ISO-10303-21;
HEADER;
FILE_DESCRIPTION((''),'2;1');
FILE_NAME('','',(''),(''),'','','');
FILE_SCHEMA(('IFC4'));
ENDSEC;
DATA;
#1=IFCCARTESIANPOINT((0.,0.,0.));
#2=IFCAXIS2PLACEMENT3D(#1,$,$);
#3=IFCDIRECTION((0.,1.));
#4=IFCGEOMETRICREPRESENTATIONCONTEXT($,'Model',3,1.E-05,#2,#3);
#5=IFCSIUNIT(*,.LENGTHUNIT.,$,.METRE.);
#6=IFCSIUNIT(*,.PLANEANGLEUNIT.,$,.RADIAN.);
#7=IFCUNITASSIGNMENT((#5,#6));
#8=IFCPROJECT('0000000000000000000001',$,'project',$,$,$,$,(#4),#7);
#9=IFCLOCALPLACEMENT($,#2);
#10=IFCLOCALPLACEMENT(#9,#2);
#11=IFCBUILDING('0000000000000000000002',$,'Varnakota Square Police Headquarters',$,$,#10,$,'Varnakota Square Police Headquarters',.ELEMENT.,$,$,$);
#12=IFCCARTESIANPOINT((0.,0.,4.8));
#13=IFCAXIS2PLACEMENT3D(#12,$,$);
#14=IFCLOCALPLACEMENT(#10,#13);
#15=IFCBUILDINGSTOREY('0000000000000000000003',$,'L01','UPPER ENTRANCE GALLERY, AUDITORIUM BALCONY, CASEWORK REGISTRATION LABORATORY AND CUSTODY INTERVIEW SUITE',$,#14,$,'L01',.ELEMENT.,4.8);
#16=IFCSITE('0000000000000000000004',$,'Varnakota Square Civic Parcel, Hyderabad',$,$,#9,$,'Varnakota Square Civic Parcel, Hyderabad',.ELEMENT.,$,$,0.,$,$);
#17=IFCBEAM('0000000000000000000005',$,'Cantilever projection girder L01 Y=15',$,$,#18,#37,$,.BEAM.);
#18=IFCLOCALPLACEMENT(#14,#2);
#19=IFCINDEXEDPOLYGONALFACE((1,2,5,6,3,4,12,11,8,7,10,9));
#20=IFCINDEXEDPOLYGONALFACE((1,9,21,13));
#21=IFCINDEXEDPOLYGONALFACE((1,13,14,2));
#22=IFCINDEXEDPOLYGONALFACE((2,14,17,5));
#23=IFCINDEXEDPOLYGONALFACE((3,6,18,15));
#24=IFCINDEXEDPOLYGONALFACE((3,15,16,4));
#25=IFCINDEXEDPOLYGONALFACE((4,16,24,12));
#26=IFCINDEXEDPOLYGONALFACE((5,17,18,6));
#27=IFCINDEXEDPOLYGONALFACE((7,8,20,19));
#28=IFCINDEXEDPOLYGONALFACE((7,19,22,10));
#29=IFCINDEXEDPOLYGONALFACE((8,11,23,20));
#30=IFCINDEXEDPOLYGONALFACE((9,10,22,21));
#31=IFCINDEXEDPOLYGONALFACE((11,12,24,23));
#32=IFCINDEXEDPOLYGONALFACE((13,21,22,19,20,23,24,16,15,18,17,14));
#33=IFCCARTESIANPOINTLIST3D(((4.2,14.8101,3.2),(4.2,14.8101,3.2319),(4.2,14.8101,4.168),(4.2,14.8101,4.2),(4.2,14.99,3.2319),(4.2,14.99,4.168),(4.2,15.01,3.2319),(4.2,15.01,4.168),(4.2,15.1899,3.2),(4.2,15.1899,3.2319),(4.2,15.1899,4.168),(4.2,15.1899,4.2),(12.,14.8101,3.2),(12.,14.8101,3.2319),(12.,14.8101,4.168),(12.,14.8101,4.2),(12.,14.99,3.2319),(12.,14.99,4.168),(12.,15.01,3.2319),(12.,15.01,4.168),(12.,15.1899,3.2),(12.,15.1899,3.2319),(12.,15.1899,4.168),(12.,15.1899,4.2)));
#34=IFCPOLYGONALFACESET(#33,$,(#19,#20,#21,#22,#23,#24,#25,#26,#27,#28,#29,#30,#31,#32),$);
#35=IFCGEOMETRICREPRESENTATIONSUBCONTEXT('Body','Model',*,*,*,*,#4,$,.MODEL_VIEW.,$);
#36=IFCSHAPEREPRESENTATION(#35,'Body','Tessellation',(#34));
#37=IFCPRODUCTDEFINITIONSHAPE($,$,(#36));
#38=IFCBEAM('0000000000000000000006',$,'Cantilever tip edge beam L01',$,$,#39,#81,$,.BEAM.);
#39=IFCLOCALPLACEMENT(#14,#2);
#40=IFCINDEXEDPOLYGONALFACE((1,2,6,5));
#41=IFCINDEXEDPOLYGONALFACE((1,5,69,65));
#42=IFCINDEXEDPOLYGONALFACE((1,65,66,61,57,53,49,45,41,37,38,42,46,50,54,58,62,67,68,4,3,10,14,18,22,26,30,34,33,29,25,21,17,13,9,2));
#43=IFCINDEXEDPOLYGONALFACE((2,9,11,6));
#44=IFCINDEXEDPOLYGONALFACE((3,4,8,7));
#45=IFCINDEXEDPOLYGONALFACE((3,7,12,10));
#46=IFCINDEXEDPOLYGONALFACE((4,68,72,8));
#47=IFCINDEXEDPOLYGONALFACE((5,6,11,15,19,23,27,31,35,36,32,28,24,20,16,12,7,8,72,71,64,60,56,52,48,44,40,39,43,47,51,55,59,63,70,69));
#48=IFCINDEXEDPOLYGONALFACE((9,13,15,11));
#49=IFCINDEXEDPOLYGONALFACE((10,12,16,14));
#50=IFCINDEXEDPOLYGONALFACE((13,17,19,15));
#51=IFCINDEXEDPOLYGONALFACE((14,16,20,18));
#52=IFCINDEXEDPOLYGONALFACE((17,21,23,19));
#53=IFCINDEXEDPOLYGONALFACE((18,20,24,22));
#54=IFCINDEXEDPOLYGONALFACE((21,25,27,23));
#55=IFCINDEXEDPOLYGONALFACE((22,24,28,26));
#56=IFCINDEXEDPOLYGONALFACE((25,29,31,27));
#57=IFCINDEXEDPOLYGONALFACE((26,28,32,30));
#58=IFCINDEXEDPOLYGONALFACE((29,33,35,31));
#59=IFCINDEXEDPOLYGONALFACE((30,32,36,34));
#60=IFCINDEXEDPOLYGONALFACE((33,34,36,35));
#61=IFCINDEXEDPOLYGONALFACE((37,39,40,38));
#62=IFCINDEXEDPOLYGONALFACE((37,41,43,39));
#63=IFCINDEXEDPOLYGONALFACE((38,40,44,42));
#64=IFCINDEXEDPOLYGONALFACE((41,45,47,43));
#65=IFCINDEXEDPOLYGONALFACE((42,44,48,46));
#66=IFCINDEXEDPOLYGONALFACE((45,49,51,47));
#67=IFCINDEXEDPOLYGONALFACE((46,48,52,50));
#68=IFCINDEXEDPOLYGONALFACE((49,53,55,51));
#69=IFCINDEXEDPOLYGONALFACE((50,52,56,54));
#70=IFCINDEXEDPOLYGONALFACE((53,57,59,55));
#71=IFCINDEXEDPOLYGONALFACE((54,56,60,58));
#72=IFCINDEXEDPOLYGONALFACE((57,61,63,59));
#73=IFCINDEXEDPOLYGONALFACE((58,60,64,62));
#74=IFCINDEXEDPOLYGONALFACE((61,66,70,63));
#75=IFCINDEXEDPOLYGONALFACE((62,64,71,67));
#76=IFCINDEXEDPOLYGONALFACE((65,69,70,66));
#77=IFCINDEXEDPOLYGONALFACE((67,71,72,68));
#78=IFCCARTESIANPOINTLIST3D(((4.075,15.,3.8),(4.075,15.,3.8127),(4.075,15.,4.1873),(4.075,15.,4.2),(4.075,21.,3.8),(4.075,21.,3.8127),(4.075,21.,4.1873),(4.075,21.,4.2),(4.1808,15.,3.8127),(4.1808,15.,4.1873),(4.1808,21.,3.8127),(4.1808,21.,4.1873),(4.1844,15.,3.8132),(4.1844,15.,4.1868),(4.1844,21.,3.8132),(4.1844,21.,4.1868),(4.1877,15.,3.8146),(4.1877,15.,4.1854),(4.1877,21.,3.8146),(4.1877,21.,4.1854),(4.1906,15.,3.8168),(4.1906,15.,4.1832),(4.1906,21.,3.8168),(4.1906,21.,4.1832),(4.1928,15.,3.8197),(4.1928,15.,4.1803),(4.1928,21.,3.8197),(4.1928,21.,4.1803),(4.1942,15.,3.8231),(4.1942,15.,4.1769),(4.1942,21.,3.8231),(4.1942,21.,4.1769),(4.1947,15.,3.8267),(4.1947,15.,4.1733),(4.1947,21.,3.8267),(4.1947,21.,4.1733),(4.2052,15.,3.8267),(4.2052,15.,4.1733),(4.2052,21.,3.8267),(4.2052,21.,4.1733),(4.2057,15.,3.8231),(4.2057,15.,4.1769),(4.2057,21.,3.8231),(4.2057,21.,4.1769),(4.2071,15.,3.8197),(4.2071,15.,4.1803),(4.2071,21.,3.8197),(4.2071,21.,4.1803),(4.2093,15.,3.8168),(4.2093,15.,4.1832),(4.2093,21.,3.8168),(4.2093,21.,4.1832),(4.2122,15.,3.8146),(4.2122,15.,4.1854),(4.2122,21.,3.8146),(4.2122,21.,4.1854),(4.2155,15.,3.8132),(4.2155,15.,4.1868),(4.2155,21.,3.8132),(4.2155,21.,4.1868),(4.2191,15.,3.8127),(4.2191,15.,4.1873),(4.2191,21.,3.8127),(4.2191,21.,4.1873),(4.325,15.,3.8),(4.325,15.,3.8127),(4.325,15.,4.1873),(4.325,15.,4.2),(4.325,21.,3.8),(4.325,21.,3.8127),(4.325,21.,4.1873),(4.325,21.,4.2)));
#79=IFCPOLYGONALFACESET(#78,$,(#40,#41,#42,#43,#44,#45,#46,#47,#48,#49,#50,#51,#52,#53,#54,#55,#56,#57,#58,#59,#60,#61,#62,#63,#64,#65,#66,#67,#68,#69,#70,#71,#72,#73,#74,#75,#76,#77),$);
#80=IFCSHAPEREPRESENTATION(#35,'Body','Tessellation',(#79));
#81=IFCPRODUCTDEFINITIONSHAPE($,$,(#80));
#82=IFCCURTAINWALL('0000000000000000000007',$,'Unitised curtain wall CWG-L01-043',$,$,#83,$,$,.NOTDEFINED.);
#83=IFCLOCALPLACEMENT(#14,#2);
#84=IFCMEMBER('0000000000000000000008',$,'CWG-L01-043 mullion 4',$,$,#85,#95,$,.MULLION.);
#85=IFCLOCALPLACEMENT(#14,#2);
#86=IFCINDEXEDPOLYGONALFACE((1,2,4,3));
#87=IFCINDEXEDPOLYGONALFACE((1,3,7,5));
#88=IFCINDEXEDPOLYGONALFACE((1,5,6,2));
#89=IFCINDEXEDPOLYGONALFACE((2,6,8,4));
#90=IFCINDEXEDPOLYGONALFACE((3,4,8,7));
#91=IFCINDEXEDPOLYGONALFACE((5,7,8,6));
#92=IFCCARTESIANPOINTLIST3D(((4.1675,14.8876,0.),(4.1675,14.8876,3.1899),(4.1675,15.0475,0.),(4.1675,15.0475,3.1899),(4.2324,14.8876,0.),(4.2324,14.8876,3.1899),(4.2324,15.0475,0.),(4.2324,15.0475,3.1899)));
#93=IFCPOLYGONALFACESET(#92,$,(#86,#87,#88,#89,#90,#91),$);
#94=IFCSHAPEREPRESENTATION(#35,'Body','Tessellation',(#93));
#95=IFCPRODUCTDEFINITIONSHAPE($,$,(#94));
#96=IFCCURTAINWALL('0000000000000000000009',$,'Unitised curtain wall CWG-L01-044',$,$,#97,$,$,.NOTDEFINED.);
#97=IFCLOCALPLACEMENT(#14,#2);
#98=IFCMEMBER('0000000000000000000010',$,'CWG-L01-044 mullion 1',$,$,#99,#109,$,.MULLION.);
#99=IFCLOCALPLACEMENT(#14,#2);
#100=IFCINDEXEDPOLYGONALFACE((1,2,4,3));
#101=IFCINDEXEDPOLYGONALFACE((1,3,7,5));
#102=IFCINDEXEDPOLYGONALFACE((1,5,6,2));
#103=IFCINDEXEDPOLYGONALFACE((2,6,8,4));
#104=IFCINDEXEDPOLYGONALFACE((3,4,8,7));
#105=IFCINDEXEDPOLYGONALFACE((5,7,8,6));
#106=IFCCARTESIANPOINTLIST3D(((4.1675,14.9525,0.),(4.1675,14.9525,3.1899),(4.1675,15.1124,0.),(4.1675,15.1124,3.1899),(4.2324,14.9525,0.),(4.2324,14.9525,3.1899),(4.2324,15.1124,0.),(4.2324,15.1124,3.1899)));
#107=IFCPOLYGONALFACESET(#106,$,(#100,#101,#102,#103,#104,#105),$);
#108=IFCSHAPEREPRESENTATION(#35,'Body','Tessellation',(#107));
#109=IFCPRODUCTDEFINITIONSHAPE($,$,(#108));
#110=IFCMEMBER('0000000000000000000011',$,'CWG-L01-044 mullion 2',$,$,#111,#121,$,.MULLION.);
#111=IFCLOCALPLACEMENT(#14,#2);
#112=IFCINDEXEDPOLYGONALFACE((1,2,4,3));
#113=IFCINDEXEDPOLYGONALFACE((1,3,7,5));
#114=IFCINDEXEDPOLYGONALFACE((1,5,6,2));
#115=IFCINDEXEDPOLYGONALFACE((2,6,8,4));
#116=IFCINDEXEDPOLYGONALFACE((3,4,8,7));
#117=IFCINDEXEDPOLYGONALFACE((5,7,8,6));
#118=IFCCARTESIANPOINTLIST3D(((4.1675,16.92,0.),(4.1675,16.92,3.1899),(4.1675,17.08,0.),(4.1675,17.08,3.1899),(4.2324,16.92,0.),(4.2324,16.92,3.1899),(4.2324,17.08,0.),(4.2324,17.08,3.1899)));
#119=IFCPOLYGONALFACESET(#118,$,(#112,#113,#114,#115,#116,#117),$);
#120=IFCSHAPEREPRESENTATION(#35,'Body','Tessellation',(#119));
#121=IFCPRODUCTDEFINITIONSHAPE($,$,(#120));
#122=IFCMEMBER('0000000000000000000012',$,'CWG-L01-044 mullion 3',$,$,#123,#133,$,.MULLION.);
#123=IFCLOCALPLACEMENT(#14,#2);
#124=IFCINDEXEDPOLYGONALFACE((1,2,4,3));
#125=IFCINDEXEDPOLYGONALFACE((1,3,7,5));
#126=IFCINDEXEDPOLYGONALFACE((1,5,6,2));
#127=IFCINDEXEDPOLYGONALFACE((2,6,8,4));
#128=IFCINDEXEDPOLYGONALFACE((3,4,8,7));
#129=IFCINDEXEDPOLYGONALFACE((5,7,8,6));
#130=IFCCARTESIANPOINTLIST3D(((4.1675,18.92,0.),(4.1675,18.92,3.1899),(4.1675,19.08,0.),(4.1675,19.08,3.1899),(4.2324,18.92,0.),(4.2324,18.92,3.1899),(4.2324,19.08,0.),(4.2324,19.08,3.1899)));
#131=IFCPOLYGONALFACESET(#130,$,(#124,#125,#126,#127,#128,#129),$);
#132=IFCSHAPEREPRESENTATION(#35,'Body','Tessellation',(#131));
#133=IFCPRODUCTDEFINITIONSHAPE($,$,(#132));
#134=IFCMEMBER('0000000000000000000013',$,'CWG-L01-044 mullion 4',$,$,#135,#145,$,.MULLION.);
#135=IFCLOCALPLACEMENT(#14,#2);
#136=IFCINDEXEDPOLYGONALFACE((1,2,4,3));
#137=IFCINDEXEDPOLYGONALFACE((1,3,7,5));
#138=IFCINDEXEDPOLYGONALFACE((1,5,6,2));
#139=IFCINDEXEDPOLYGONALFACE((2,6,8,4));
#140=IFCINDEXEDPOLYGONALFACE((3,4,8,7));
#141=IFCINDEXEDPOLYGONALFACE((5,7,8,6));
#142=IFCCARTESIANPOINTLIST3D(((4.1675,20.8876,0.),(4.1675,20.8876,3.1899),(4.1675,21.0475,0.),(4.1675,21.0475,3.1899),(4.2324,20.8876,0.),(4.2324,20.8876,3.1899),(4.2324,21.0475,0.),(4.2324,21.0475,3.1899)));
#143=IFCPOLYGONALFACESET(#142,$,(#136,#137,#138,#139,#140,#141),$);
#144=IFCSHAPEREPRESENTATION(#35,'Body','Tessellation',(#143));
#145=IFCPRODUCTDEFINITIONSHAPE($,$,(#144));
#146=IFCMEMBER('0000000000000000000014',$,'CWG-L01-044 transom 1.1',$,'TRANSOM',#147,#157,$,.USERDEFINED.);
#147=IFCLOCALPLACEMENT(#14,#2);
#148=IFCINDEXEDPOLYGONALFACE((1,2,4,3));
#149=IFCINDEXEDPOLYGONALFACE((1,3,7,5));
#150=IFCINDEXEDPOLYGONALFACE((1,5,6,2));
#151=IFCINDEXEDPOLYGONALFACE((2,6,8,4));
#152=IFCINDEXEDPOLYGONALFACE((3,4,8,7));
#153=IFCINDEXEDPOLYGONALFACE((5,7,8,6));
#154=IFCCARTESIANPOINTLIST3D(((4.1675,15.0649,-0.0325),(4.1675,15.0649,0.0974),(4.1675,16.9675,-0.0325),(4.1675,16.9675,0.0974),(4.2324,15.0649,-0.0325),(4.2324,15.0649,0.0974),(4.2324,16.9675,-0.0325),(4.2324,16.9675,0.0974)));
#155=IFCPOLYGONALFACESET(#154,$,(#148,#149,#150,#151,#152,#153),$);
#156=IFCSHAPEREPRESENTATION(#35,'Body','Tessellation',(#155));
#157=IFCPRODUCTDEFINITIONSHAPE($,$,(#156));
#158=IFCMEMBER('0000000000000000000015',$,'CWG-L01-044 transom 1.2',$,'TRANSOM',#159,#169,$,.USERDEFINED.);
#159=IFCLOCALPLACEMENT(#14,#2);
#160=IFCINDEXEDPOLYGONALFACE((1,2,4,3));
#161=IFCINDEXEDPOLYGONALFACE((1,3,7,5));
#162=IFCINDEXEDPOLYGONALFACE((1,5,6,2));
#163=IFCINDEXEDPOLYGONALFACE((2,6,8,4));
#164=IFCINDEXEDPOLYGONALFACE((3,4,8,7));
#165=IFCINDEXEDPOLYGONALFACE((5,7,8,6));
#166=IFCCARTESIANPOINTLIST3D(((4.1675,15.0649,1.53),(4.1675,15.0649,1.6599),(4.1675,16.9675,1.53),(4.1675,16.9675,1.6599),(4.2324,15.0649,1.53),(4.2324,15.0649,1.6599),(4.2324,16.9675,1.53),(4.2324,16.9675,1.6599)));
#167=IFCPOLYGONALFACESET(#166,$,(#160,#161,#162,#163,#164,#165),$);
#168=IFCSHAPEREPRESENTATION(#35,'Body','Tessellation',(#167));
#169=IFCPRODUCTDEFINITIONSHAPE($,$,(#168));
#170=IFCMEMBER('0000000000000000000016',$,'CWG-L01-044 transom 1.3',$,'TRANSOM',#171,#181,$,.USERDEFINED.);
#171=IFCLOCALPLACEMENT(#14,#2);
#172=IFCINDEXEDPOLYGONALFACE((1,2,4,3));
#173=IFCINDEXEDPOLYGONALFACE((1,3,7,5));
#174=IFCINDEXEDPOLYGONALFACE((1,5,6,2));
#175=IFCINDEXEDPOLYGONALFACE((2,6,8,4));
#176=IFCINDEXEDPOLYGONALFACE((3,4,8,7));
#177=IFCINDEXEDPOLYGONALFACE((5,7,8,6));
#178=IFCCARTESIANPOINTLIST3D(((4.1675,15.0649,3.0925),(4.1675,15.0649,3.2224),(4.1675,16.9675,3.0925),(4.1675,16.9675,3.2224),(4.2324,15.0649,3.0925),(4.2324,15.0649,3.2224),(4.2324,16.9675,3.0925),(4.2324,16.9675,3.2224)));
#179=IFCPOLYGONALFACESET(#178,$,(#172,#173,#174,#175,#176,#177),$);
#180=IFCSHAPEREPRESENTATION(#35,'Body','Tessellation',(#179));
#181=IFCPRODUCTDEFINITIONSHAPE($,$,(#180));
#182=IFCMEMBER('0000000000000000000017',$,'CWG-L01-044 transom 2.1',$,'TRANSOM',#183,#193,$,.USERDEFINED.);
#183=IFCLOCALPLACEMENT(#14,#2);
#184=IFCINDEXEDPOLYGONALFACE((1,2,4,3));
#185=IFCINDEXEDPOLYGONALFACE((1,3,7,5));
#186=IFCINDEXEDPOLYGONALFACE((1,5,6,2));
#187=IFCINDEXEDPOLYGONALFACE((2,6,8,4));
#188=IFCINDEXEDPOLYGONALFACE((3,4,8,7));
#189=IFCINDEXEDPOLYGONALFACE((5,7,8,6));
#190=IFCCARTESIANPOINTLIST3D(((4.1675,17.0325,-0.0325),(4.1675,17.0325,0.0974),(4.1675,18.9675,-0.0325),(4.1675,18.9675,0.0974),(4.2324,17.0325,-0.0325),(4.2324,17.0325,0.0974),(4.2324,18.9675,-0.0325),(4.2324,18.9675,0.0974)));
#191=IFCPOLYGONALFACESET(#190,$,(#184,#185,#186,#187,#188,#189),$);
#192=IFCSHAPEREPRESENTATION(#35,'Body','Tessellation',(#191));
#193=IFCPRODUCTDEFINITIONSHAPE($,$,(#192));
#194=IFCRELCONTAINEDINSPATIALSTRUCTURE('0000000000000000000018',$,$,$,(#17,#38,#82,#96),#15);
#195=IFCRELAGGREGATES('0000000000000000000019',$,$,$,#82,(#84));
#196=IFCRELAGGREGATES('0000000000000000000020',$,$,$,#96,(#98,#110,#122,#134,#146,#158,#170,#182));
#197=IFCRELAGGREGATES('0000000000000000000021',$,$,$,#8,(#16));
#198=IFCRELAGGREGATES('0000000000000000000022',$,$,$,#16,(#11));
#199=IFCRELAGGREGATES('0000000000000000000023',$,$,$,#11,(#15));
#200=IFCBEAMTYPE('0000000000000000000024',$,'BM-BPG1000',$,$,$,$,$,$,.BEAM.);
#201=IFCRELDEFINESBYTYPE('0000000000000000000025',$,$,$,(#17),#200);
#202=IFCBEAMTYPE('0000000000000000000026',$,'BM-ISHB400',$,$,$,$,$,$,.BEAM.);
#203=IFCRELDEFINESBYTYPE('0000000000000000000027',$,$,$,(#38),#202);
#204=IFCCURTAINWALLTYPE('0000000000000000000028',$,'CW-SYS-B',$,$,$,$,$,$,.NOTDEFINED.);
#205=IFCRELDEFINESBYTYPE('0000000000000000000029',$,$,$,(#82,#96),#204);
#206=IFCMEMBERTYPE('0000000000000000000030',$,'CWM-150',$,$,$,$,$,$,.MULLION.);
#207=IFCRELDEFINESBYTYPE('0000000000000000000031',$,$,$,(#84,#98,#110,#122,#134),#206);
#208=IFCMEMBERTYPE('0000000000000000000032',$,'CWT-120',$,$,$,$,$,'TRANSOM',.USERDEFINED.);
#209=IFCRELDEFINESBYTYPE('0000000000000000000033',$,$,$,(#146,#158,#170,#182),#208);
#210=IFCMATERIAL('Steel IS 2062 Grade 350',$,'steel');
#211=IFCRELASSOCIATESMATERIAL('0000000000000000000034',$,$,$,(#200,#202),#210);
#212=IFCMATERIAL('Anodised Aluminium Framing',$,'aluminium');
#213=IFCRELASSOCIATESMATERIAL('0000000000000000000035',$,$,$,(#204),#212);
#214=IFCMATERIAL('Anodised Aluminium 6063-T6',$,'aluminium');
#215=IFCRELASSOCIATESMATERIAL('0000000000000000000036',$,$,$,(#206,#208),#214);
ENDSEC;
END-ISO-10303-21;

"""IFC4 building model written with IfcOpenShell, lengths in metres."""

from ifc_helpers import new_model, si_unit, direction, frame, origin, origin_2d, place, context, subcontext, project, spatial, rectangle, i_section, extrude, material, material_profile, profile_set, type_object, element, aggregate, save


model = new_model("IFC4")

# Units and contexts
model_context = context("Model", 3, precision=1e-05, world=origin(), true_north=direction((0.0, 1.0)))
body_context = subcontext(model_context, "Body", "Model", "MODEL_VIEW")
ifc_project = project(units=[si_unit("LENGTHUNIT", "METRE"), si_unit("PLANEANGLEUNIT", "RADIAN")], contexts=[model_context])

# Site, building, storey
site_placement = place(None, origin())
site = spatial("IfcSite", under=ifc_project, at=site_placement, Name="Varnakota Square Civic Parcel, Hyderabad", LongName="Varnakota Square Civic Parcel, Hyderabad", CompositionType="ELEMENT", RefElevation=0.0)
building_placement = place(site_placement, origin())
building = spatial("IfcBuilding", under=site, at=building_placement, Name="Varnakota Square Police Headquarters", LongName="Varnakota Square Police Headquarters", CompositionType="ELEMENT")
storey_placement = place(building_placement, frame((0.0, 0.0, 4.8)))
storey = spatial("IfcBuildingStorey", under=building, at=storey_placement, Name="L01", Description="UPPER ENTRANCE GALLERY, AUDITORIUM BALCONY, CASEWORK REGISTRATION LABORATORY AND CUSTODY INTERVIEW SUITE", LongName="L01", CompositionType="ELEMENT", Elevation=4.8)

# Beams
ifc_material_1 = material(Name="Steel IS 2062 Grade 350", Category="steel")
ifc_material_profile_1 = material_profile(ifc_material_1, i_section(OverallWidth=0.3799, OverallDepth=1.0, WebThickness=0.02, FlangeThickness=0.032, at=origin_2d()), Name="BPG 1000x380")
ifc_profile_set_1 = profile_set([ifc_material_profile_1], Name="Steel IS 2062 Grade 350")
beam_type_1 = type_object("IfcBeamType", Name="BM-BPG1000", PredefinedType="BEAM", material=ifc_profile_set_1)
beam_1_placement = place(storey_placement, frame((4.2, 15.0, 3.7), z_axis=(1.0, 0.0, 0.0), x_axis=(0.0, 1.0, 0.0)))
element("IfcBeam", 1, at=beam_1_placement, inside=storey, type_object=beam_type_1, Name="Cantilever projection girder L01 Y=15", PredefinedType="BEAM", context=body_context, shape_type="SweptSolid", body=[
    extrude(i_section(OverallWidth=0.3799, OverallDepth=1.0, WebThickness=0.02, FlangeThickness=0.032, at=origin_2d()), origin(), (0.0, 0.0, 1.0), 7.8),
])
ifc_material_profile_2 = material_profile(ifc_material_1, i_section(OverallWidth=0.25, OverallDepth=0.3999, WebThickness=0.0105, FlangeThickness=0.0127, FilletRadius=0.0139, at=origin_2d()), Name="ISHB 400")
ifc_profile_set_2 = profile_set([ifc_material_profile_2], Name="Steel IS 2062 Grade 350")
beam_type_2 = type_object("IfcBeamType", Name="BM-ISHB400", PredefinedType="BEAM", material=ifc_profile_set_2)
beam_2_placement = place(storey_placement, frame((4.2, 15.0, 4.0), z_axis=(0.0, 1.0, 0.0), x_axis=(-1.0, 0.0, 0.0)))
element("IfcBeam", 2, at=beam_2_placement, inside=storey, type_object=beam_type_2, Name="Cantilever tip edge beam L01", PredefinedType="BEAM", context=body_context, shape_type="SweptSolid", body=[
    extrude(i_section(OverallWidth=0.25, OverallDepth=0.3999, WebThickness=0.0105, FlangeThickness=0.0127, FilletRadius=0.0139, at=origin_2d()), origin(), (0.0, 0.0, 1.0), 6.0),
])

# Curtain wall, member
ifc_material_2 = material(Name="Anodised Aluminium Framing", Category="aluminium")
curtain_wall_type = type_object("IfcCurtainWallType", Name="CW-SYS-B", PredefinedType="NOTDEFINED", material=ifc_material_2)
curtain_wall_1_placement = place(storey_placement, origin())
curtain_wall_1 = element("IfcCurtainWall", 3, at=curtain_wall_1_placement, inside=storey, type_object=curtain_wall_type, Name="Unitised curtain wall CWG-L01-043", PredefinedType="NOTDEFINED")
ifc_material_3 = material(Name="Anodised Aluminium 6063-T6", Category="aluminium")
ifc_material_profile_3 = material_profile(ifc_material_3, rectangle(XDim=0.0649, YDim=0.1599, at=origin_2d()), Name="ALU MULLION 65x160")
ifc_profile_set_3 = profile_set([ifc_material_profile_3], Name="Anodised Aluminium 6063-T6")
member_type_1 = type_object("IfcMemberType", Name="CWM-150", PredefinedType="MULLION", material=ifc_profile_set_3)
member_1_placement = place(storey_placement, frame((4.2, 14.9675, 0.0), z_axis=(0.0, 0.0, 1.0), x_axis=(-1.0, 0.0, 0.0)))
member_1 = element("IfcMember", 4, at=member_1_placement, type_object=member_type_1, Name="CWG-L01-043 mullion 4", PredefinedType="MULLION", context=body_context, shape_type="SweptSolid", body=[
    extrude(rectangle(XDim=0.0649, YDim=0.1599, at=origin_2d()), origin(), (0.0, 0.0, 1.0), 3.1899),
])
aggregate(curtain_wall_1, [member_1])

# Curtain wall, members
curtain_wall_2_placement = place(storey_placement, origin())
curtain_wall_2 = element("IfcCurtainWall", 5, at=curtain_wall_2_placement, inside=storey, type_object=curtain_wall_type, Name="Unitised curtain wall CWG-L01-044", PredefinedType="NOTDEFINED")
member_2_placement = place(storey_placement, frame((4.2, 15.0325, 0.0), z_axis=(0.0, 0.0, 1.0), x_axis=(-1.0, 0.0, 0.0)))
member_2 = element("IfcMember", 6, at=member_2_placement, type_object=member_type_1, Name="CWG-L01-044 mullion 1", PredefinedType="MULLION", context=body_context, shape_type="SweptSolid", body=[
    extrude(rectangle(XDim=0.0649, YDim=0.1599, at=origin_2d()), origin(), (0.0, 0.0, 1.0), 3.1899),
])
member_3_placement = place(storey_placement, frame((4.2, 17.0, 0.0), z_axis=(0.0, 0.0, 1.0), x_axis=(-1.0, 0.0, 0.0)))
member_3 = element("IfcMember", 7, at=member_3_placement, type_object=member_type_1, Name="CWG-L01-044 mullion 2", PredefinedType="MULLION", context=body_context, shape_type="SweptSolid", body=[
    extrude(rectangle(XDim=0.0649, YDim=0.1599, at=origin_2d()), origin(), (0.0, 0.0, 1.0), 3.1899),
])
member_4_placement = place(storey_placement, frame((4.2, 19.0, 0.0), z_axis=(0.0, 0.0, 1.0), x_axis=(-1.0, 0.0, 0.0)))
member_4 = element("IfcMember", 8, at=member_4_placement, type_object=member_type_1, Name="CWG-L01-044 mullion 3", PredefinedType="MULLION", context=body_context, shape_type="SweptSolid", body=[
    extrude(rectangle(XDim=0.0649, YDim=0.1599, at=origin_2d()), origin(), (0.0, 0.0, 1.0), 3.1899),
])
member_5_placement = place(storey_placement, frame((4.2, 20.9675, 0.0), z_axis=(0.0, 0.0, 1.0), x_axis=(-1.0, 0.0, 0.0)))
member_5 = element("IfcMember", 9, at=member_5_placement, type_object=member_type_1, Name="CWG-L01-044 mullion 4", PredefinedType="MULLION", context=body_context, shape_type="SweptSolid", body=[
    extrude(rectangle(XDim=0.0649, YDim=0.1599, at=origin_2d()), origin(), (0.0, 0.0, 1.0), 3.1899),
])
ifc_material_profile_4 = material_profile(ifc_material_3, rectangle(XDim=0.0649, YDim=0.1299, at=origin_2d()), Name="ALU TRANSOM 65x130")
ifc_profile_set_4 = profile_set([ifc_material_profile_4], Name="Anodised Aluminium 6063-T6")
member_type_2 = type_object("IfcMemberType", Name="CWT-120", ElementType="TRANSOM", PredefinedType="USERDEFINED", material=ifc_profile_set_4)
member_6_placement = place(storey_placement, frame((4.2, 15.0649, 0.0325), z_axis=(0.0, 1.0, 0.0), x_axis=(-1.0, 0.0, 0.0)))
member_6 = element("IfcMember", 10, at=member_6_placement, type_object=member_type_2, Name="CWG-L01-044 transom 1.1", ObjectType="TRANSOM", PredefinedType="USERDEFINED", context=body_context, shape_type="SweptSolid", body=[
    extrude(rectangle(XDim=0.0649, YDim=0.1299, at=origin_2d()), origin(), (0.0, 0.0, 1.0), 1.9026),
])
member_7_placement = place(storey_placement, frame((4.2, 15.0649, 1.595), z_axis=(0.0, 1.0, 0.0), x_axis=(-1.0, 0.0, 0.0)))
member_7 = element("IfcMember", 11, at=member_7_placement, type_object=member_type_2, Name="CWG-L01-044 transom 1.2", ObjectType="TRANSOM", PredefinedType="USERDEFINED", context=body_context, shape_type="SweptSolid", body=[
    extrude(rectangle(XDim=0.0649, YDim=0.1299, at=origin_2d()), origin(), (0.0, 0.0, 1.0), 1.9026),
])
member_8_placement = place(storey_placement, frame((4.2, 15.0649, 3.1575), z_axis=(0.0, 1.0, 0.0), x_axis=(-1.0, 0.0, 0.0)))
member_8 = element("IfcMember", 12, at=member_8_placement, type_object=member_type_2, Name="CWG-L01-044 transom 1.3", ObjectType="TRANSOM", PredefinedType="USERDEFINED", context=body_context, shape_type="SweptSolid", body=[
    extrude(rectangle(XDim=0.0649, YDim=0.1299, at=origin_2d()), origin(), (0.0, 0.0, 1.0), 1.9026),
])
member_9_placement = place(storey_placement, frame((4.2, 17.0325, 0.0325), z_axis=(0.0, 1.0, 0.0), x_axis=(-1.0, 0.0, 0.0)))
member_9 = element("IfcMember", 13, at=member_9_placement, type_object=member_type_2, Name="CWG-L01-044 transom 2.1", ObjectType="TRANSOM", PredefinedType="USERDEFINED", context=body_context, shape_type="SweptSolid", body=[
    extrude(rectangle(XDim=0.0649, YDim=0.1299, at=origin_2d()), origin(), (0.0, 0.0, 1.0), 1.9351),
])
aggregate(curtain_wall_2, [member_2, member_3, member_4, member_5, member_6, member_7, member_8, member_9])

save(model, "model.ifc")
